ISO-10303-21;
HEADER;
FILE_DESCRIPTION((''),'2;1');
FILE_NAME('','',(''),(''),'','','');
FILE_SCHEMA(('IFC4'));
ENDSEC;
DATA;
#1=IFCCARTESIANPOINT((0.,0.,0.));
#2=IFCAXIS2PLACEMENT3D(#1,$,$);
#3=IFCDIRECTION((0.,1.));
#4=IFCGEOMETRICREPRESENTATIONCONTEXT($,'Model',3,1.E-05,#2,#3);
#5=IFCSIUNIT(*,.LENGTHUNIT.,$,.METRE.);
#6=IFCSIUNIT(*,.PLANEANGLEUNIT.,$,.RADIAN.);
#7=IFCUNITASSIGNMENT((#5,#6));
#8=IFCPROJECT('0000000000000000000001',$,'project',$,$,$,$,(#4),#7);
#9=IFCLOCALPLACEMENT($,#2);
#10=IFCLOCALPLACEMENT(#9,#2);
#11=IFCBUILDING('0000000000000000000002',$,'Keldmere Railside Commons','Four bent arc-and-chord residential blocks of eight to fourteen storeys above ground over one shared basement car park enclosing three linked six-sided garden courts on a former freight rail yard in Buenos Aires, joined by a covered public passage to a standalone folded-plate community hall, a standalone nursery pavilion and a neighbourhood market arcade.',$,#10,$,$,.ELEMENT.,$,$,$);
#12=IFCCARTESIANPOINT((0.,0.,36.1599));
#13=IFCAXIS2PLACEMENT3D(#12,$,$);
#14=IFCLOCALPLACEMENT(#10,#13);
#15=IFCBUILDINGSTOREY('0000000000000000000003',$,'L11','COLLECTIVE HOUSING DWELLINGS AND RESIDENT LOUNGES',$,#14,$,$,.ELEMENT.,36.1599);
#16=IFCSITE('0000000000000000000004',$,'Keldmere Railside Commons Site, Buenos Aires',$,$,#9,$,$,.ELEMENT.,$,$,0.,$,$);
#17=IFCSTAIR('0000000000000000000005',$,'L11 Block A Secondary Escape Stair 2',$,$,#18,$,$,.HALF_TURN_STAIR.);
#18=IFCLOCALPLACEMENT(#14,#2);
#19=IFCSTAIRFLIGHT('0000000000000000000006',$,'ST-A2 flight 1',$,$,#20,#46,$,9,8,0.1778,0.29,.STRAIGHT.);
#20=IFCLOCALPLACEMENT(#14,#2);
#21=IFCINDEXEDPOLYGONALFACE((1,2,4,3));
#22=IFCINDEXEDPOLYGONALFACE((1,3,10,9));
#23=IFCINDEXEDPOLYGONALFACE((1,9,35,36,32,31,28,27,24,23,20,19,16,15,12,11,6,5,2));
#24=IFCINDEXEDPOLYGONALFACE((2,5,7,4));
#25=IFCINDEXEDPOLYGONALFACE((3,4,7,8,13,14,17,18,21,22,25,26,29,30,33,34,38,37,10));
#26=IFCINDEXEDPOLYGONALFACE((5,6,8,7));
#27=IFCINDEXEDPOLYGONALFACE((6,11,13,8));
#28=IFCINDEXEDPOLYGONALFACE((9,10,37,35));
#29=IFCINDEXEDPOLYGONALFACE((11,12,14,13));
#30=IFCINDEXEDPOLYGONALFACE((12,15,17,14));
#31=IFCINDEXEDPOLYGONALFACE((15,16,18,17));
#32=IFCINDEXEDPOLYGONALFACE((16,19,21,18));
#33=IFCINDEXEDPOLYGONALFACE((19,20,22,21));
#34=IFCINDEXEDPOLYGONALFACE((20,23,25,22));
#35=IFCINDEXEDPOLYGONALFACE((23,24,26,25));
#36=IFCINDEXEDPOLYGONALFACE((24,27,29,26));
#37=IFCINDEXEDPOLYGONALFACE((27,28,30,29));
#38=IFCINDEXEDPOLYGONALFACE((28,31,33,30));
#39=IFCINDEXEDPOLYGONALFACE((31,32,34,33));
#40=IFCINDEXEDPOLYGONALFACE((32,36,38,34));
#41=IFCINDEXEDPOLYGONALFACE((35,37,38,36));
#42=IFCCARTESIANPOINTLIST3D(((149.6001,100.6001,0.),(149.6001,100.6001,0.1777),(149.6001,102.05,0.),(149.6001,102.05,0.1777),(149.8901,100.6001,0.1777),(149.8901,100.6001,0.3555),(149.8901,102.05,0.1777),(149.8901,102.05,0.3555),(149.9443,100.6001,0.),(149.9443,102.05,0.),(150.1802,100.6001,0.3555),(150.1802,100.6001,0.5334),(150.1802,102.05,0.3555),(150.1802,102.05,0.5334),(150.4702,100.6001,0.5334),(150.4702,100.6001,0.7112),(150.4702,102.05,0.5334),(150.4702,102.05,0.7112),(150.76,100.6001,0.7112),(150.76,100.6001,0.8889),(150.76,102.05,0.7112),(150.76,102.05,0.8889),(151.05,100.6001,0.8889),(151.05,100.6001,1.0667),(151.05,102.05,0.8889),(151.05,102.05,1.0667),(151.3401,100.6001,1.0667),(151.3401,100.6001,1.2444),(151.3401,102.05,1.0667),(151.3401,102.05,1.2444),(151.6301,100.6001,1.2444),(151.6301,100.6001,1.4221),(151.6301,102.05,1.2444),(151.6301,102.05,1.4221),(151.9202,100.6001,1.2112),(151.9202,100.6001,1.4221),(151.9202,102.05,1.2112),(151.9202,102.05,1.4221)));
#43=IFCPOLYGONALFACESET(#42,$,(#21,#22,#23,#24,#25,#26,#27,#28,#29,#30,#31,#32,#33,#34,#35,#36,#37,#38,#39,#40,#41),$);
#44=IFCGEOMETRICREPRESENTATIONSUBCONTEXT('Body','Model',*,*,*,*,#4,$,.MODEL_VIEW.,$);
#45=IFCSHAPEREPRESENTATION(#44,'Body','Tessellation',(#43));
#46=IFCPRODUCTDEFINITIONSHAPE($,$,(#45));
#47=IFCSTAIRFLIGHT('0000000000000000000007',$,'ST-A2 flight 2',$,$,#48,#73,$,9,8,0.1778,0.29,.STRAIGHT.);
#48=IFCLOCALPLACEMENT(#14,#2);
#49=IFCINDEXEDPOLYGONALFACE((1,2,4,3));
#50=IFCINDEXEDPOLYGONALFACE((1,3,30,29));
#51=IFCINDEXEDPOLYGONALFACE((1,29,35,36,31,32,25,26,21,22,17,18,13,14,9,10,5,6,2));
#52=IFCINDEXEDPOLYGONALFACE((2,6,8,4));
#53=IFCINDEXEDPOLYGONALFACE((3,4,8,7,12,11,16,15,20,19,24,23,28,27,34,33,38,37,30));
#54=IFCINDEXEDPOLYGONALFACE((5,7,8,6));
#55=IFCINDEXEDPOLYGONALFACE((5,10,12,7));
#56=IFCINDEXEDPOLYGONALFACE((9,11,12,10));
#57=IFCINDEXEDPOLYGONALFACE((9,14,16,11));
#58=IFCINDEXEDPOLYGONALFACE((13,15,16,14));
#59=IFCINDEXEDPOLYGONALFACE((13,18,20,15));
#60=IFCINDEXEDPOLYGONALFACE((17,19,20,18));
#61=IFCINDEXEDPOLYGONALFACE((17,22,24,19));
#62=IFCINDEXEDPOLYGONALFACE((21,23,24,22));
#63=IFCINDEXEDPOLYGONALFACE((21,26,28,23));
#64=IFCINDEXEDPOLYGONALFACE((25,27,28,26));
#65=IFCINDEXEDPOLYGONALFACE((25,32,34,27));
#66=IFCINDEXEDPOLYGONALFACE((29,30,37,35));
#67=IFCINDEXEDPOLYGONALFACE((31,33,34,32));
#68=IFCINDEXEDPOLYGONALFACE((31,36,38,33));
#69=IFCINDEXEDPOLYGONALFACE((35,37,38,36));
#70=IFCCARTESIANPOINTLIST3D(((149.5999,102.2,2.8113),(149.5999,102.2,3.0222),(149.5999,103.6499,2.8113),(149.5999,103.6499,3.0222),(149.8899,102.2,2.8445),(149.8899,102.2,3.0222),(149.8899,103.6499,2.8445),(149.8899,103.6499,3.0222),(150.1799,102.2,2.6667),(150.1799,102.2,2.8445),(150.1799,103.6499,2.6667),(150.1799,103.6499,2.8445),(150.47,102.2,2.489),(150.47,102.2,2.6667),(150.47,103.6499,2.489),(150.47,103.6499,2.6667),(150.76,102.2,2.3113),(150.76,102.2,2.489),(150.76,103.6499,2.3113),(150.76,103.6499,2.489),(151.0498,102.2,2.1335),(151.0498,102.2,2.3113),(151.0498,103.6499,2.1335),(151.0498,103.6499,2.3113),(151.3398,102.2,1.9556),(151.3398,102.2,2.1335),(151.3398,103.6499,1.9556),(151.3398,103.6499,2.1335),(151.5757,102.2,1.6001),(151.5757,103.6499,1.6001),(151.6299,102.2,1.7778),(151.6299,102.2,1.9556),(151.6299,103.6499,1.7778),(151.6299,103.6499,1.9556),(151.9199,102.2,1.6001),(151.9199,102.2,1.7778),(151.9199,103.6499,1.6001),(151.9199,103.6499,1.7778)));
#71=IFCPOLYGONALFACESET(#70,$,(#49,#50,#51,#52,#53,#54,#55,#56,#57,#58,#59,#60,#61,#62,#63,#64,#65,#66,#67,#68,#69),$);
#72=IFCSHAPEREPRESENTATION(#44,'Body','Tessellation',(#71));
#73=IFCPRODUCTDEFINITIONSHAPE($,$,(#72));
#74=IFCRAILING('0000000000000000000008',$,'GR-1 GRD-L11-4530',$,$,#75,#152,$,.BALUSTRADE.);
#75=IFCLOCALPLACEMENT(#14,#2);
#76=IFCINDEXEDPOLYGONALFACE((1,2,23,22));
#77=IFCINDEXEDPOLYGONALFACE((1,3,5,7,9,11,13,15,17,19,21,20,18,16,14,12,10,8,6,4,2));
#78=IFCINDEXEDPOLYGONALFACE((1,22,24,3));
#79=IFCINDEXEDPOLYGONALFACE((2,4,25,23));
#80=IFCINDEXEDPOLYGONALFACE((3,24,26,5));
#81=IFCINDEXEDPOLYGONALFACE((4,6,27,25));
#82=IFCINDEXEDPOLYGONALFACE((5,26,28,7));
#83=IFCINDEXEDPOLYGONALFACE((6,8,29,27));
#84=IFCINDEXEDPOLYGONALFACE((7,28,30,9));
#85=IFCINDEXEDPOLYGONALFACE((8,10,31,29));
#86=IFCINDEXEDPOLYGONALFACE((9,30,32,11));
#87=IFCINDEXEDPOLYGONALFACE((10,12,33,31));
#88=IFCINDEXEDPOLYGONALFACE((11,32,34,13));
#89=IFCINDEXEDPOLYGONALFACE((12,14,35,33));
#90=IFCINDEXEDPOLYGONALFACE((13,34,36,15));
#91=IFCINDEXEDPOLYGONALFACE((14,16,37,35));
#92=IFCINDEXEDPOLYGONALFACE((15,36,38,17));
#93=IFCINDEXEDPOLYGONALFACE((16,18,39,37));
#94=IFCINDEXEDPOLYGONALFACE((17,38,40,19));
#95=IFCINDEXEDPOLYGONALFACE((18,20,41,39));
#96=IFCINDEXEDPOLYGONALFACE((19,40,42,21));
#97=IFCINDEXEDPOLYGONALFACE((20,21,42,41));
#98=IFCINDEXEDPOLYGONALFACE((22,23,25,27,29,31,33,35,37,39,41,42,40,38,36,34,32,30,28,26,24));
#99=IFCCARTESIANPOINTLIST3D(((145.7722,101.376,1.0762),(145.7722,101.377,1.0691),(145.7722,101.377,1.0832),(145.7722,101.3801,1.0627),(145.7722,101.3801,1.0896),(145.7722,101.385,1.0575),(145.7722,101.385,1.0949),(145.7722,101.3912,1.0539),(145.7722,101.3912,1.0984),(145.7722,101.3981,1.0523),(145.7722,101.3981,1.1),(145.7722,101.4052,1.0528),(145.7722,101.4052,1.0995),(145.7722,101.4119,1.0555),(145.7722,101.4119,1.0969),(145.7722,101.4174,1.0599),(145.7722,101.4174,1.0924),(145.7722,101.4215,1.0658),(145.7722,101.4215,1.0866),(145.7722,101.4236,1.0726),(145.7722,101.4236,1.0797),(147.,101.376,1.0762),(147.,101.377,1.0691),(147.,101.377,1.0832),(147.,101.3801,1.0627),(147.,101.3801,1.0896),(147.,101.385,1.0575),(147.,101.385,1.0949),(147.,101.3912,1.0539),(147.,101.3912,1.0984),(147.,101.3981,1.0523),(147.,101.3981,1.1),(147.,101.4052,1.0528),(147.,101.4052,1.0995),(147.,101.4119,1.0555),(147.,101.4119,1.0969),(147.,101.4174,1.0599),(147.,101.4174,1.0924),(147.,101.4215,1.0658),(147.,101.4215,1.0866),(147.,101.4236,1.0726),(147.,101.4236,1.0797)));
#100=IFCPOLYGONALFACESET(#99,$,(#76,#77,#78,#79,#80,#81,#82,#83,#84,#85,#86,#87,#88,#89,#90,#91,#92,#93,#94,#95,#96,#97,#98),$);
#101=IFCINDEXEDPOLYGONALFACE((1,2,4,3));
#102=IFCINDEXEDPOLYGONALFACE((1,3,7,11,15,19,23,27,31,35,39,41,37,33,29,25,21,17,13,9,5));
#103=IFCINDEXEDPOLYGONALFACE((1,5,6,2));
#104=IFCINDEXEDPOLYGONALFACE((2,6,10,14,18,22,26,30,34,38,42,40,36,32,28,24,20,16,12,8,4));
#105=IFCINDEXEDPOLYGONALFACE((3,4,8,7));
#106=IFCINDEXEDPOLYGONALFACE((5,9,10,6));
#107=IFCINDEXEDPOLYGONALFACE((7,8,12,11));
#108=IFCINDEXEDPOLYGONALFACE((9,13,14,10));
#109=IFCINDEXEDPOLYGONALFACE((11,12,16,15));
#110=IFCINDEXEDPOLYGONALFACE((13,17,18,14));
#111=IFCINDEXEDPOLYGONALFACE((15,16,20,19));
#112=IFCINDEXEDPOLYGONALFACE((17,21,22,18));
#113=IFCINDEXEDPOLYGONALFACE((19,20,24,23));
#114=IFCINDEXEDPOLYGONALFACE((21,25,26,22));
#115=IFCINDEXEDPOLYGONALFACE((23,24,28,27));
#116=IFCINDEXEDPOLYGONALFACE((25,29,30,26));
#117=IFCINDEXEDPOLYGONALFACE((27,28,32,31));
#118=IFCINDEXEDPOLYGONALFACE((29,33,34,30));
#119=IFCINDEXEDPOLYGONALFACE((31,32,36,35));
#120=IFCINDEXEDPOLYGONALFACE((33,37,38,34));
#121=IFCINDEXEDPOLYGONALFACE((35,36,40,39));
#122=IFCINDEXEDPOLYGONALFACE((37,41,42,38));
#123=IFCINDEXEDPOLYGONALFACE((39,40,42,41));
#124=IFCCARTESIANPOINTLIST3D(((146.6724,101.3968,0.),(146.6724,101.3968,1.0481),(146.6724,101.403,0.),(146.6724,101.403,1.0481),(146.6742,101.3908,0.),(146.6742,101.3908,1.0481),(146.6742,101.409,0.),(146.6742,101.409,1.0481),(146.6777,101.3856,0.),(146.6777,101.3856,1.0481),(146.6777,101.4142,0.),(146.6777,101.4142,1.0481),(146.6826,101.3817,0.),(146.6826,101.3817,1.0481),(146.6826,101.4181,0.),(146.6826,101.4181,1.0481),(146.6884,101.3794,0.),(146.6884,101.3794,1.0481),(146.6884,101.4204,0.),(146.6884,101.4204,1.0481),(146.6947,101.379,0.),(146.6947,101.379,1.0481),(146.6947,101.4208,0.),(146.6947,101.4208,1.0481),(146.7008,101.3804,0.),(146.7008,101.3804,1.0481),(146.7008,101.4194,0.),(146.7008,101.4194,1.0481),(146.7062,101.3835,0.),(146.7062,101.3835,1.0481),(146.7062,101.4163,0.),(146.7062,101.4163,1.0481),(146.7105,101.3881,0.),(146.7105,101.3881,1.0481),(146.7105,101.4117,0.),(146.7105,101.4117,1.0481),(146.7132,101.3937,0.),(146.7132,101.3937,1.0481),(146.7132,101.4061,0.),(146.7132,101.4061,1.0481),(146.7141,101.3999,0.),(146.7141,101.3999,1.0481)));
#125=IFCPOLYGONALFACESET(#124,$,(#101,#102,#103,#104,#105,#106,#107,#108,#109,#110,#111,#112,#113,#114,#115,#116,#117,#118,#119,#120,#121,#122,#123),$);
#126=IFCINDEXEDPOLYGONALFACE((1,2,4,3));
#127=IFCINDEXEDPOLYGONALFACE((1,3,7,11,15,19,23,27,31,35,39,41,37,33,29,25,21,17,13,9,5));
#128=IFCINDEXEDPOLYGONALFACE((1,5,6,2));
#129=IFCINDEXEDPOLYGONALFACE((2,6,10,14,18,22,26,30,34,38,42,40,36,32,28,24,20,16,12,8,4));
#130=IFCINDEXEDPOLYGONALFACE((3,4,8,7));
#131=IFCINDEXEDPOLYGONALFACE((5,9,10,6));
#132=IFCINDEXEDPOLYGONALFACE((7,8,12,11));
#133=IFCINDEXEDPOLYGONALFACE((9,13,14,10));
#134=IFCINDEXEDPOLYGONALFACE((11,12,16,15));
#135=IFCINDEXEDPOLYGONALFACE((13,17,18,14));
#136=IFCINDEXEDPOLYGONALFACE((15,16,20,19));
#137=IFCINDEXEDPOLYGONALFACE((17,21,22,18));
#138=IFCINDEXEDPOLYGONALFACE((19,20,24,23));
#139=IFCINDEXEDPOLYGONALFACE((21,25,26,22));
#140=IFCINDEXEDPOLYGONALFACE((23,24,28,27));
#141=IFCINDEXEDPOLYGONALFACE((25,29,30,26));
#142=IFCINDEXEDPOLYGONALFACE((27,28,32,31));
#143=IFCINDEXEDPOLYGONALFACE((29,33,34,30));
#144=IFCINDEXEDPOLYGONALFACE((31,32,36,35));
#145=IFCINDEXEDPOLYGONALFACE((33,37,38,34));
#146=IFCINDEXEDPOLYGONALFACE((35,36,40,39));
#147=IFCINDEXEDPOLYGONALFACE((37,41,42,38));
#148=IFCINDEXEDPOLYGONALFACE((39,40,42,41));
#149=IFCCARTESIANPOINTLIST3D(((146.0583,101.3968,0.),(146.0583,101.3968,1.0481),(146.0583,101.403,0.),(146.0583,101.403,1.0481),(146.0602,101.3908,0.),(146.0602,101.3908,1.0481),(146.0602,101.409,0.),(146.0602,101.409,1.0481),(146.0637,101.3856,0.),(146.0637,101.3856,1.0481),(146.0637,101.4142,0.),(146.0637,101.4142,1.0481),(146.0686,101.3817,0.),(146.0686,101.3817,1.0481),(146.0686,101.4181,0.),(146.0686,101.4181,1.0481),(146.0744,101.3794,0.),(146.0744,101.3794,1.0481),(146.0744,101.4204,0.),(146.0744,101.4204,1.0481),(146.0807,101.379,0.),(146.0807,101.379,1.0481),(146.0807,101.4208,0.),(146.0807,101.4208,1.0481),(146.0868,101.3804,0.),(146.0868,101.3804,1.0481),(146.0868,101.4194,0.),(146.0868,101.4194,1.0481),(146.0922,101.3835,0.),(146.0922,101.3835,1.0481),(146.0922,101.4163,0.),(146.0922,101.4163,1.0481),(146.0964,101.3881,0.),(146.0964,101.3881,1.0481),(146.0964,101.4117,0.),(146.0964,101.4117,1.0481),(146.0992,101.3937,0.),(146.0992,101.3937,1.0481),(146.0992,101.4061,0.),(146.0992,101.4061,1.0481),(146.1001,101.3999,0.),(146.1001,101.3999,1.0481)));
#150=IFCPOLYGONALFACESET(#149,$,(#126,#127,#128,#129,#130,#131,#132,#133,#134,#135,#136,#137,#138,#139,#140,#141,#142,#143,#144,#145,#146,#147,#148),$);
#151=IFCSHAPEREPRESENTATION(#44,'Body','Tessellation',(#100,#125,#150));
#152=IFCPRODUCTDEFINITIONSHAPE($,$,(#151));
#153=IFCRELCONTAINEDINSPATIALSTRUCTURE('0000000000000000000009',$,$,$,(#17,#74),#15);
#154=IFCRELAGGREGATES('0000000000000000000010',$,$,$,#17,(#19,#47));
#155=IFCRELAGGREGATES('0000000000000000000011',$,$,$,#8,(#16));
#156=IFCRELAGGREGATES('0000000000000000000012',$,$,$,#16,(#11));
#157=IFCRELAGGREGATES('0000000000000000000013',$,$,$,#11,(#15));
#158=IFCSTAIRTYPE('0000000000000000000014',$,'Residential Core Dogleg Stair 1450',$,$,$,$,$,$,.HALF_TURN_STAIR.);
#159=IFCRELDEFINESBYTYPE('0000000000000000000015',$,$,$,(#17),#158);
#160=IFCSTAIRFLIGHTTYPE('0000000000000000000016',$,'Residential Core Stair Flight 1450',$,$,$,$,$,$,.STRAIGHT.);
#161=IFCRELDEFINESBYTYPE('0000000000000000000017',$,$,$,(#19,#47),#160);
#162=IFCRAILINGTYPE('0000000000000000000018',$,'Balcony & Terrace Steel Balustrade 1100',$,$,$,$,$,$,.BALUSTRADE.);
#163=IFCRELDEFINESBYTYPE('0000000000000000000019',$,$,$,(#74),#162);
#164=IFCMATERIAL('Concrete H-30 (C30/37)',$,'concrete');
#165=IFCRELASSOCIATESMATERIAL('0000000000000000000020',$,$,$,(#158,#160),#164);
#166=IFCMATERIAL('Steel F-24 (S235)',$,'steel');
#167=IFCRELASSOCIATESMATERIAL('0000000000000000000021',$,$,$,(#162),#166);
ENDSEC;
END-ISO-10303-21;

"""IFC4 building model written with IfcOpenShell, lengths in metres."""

from ifc_helpers import new_model, si_unit, direction, frame, origin, origin_2d, place, context, subcontext, project, spatial, polyline, circle, outline, extrude, material, type_object, element, aggregate, save


model = new_model("IFC4")

# Units and contexts
model_context = context("Model", 3, precision=1e-05, world=origin(), true_north=direction((0.0, 1.0)))
body_context = subcontext(model_context, "Body", "Model", "MODEL_VIEW")
ifc_project = project(units=[si_unit("LENGTHUNIT", "METRE"), si_unit("PLANEANGLEUNIT", "RADIAN")], contexts=[model_context])

# Site, building, storey
site_placement = place(None, origin())
site = spatial("IfcSite", under=ifc_project, at=site_placement, Name="Keldmere Railside Commons Site, Buenos Aires", CompositionType="ELEMENT", RefElevation=0.0)
building_placement = place(site_placement, origin())
building = spatial("IfcBuilding", under=site, at=building_placement, Name="Keldmere Railside Commons", Description="Four bent arc-and-chord residential blocks of eight to fourteen storeys above ground over one shared basement car park enclosing three linked six-sided garden courts on a former freight rail yard in Buenos Aires, joined by a covered public passage to a standalone folded-plate community hall, a standalone nursery pavilion and a neighbourhood market arcade.", CompositionType="ELEMENT")
storey_placement = place(building_placement, frame((0.0, 0.0, 36.1599)))
storey = spatial("IfcBuildingStorey", under=building, at=storey_placement, Name="L11", Description="COLLECTIVE HOUSING DWELLINGS AND RESIDENT LOUNGES", CompositionType="ELEMENT", Elevation=36.1599)

# Stair, stair flights
ifc_material_1 = material(Name="Concrete H-30 (C30/37)", Category="concrete")
stair_type = type_object("IfcStairType", Name="Residential Core Dogleg Stair 1450", PredefinedType="HALF_TURN_STAIR", material=ifc_material_1)
stair_placement = place(storey_placement, origin())
stair = element("IfcStair", 1, at=stair_placement, inside=storey, type_object=stair_type, Name="L11 Block A Secondary Escape Stair 2", PredefinedType="HALF_TURN_STAIR")
stair_flight_type = type_object("IfcStairFlightType", Name="Residential Core Stair Flight 1450", PredefinedType="STRAIGHT", material=ifc_material_1)
stair_flight_1_placement = place(storey_placement, frame((149.6001, 101.325, 0.0), z_axis=(0.0, 0.0, 1.0), x_axis=(1.0, 0.0, 0.0)))
stair_flight_1 = element("IfcStairFlight", 2, at=stair_flight_1_placement, type_object=stair_flight_type, Name="ST-A2 flight 1", NumberOfRisers=9, NumberOfTreads=8, PredefinedType="STRAIGHT", RiserHeight=0.1778, TreadLength=0.29, context=body_context, shape_type="SweptSolid", body=[
    extrude(outline(polyline([(0.0, 0.0), (0.0, 0.1777), (0.29, 0.1777), (0.29, 0.3555), (0.5801, 0.3555), (0.5801, 0.5334), (0.8701, 0.5334), (0.8701, 0.7112), (1.1599, 0.7112), (1.1599, 0.8889), (1.45, 0.8889), (1.45, 1.0667), (1.74, 1.0667), (1.74, 1.2444), (2.03, 1.2444), (2.03, 1.4221), (2.3201, 1.4221), (2.3201, 1.6001), (2.3201, 1.2112), (0.3442, 0.0), (0.0, 0.0)])), frame((0.0, 0.7251, 0.0), z_axis=(0.0, -1.0, 0.0), x_axis=(1.0, 0.0, 0.0)), (0.0, 0.0, 1.0), 1.45),
])
stair_flight_2_placement = place(storey_placement, frame((151.9199, 102.925, 1.6001), z_axis=(0.0, 0.0, 1.0), x_axis=(-1.0, 0.0, 0.0)))
stair_flight_2 = element("IfcStairFlight", 3, at=stair_flight_2_placement, type_object=stair_flight_type, Name="ST-A2 flight 2", NumberOfRisers=9, NumberOfTreads=8, PredefinedType="STRAIGHT", RiserHeight=0.1778, TreadLength=0.29, context=body_context, shape_type="SweptSolid", body=[
    extrude(outline(polyline([(0.0, 0.0), (0.0, 0.1777), (0.29, 0.1777), (0.29, 0.3555), (0.5801, 0.3555), (0.5801, 0.5334), (0.8701, 0.5334), (0.8701, 0.7112), (1.1599, 0.7112), (1.1599, 0.8889), (1.45, 0.8889), (1.45, 1.0667), (1.74, 1.0667), (1.74, 1.2444), (2.03, 1.2444), (2.03, 1.4221), (2.3201, 1.4221), (2.3201, 1.6001), (2.3201, 1.2112), (0.3442, 0.0), (0.0, 0.0)])), frame((0.0, 0.7251, 0.0), z_axis=(0.0, -1.0, 0.0), x_axis=(1.0, 0.0, 0.0)), (0.0, 0.0, 1.0), 1.45),
])
aggregate(stair, [stair_flight_1, stair_flight_2])

# Railing
ifc_material_2 = material(Name="Steel F-24 (S235)", Category="steel")
railing_type_1 = type_object("IfcRailingType", Name="Balcony & Terrace Steel Balustrade 1100", PredefinedType="BALUSTRADE", material=ifc_material_2)
railing_1_placement = place(storey_placement, frame((147.0, 101.3999, 0.0)))
element("IfcRailing", 4, at=railing_1_placement, inside=storey, type_object=railing_type_1, Name="GR-1 GRD-L11-4530", PredefinedType="BALUSTRADE", context=body_context, shape_type="SweptSolid", body=[
    extrude(circle(Radius=0.0239, at=origin_2d()), frame((0.0, 0.0, 1.0762), z_axis=(-1.0, 0.0, 0.0), x_axis=(0.0, -1.0, 0.0)), (0.0, 0.0, 1.0), 1.2278),
    extrude(circle(Radius=0.021, at=origin_2d()), frame((-0.3069, 0.0, 0.0)), (0.0, 0.0, 1.0), 1.0481),
    extrude(circle(Radius=0.021, at=origin_2d()), frame((-0.9209, 0.0, 0.0)), (0.0, 0.0, 1.0), 1.0481),
])

save(model, "model.ifc")
